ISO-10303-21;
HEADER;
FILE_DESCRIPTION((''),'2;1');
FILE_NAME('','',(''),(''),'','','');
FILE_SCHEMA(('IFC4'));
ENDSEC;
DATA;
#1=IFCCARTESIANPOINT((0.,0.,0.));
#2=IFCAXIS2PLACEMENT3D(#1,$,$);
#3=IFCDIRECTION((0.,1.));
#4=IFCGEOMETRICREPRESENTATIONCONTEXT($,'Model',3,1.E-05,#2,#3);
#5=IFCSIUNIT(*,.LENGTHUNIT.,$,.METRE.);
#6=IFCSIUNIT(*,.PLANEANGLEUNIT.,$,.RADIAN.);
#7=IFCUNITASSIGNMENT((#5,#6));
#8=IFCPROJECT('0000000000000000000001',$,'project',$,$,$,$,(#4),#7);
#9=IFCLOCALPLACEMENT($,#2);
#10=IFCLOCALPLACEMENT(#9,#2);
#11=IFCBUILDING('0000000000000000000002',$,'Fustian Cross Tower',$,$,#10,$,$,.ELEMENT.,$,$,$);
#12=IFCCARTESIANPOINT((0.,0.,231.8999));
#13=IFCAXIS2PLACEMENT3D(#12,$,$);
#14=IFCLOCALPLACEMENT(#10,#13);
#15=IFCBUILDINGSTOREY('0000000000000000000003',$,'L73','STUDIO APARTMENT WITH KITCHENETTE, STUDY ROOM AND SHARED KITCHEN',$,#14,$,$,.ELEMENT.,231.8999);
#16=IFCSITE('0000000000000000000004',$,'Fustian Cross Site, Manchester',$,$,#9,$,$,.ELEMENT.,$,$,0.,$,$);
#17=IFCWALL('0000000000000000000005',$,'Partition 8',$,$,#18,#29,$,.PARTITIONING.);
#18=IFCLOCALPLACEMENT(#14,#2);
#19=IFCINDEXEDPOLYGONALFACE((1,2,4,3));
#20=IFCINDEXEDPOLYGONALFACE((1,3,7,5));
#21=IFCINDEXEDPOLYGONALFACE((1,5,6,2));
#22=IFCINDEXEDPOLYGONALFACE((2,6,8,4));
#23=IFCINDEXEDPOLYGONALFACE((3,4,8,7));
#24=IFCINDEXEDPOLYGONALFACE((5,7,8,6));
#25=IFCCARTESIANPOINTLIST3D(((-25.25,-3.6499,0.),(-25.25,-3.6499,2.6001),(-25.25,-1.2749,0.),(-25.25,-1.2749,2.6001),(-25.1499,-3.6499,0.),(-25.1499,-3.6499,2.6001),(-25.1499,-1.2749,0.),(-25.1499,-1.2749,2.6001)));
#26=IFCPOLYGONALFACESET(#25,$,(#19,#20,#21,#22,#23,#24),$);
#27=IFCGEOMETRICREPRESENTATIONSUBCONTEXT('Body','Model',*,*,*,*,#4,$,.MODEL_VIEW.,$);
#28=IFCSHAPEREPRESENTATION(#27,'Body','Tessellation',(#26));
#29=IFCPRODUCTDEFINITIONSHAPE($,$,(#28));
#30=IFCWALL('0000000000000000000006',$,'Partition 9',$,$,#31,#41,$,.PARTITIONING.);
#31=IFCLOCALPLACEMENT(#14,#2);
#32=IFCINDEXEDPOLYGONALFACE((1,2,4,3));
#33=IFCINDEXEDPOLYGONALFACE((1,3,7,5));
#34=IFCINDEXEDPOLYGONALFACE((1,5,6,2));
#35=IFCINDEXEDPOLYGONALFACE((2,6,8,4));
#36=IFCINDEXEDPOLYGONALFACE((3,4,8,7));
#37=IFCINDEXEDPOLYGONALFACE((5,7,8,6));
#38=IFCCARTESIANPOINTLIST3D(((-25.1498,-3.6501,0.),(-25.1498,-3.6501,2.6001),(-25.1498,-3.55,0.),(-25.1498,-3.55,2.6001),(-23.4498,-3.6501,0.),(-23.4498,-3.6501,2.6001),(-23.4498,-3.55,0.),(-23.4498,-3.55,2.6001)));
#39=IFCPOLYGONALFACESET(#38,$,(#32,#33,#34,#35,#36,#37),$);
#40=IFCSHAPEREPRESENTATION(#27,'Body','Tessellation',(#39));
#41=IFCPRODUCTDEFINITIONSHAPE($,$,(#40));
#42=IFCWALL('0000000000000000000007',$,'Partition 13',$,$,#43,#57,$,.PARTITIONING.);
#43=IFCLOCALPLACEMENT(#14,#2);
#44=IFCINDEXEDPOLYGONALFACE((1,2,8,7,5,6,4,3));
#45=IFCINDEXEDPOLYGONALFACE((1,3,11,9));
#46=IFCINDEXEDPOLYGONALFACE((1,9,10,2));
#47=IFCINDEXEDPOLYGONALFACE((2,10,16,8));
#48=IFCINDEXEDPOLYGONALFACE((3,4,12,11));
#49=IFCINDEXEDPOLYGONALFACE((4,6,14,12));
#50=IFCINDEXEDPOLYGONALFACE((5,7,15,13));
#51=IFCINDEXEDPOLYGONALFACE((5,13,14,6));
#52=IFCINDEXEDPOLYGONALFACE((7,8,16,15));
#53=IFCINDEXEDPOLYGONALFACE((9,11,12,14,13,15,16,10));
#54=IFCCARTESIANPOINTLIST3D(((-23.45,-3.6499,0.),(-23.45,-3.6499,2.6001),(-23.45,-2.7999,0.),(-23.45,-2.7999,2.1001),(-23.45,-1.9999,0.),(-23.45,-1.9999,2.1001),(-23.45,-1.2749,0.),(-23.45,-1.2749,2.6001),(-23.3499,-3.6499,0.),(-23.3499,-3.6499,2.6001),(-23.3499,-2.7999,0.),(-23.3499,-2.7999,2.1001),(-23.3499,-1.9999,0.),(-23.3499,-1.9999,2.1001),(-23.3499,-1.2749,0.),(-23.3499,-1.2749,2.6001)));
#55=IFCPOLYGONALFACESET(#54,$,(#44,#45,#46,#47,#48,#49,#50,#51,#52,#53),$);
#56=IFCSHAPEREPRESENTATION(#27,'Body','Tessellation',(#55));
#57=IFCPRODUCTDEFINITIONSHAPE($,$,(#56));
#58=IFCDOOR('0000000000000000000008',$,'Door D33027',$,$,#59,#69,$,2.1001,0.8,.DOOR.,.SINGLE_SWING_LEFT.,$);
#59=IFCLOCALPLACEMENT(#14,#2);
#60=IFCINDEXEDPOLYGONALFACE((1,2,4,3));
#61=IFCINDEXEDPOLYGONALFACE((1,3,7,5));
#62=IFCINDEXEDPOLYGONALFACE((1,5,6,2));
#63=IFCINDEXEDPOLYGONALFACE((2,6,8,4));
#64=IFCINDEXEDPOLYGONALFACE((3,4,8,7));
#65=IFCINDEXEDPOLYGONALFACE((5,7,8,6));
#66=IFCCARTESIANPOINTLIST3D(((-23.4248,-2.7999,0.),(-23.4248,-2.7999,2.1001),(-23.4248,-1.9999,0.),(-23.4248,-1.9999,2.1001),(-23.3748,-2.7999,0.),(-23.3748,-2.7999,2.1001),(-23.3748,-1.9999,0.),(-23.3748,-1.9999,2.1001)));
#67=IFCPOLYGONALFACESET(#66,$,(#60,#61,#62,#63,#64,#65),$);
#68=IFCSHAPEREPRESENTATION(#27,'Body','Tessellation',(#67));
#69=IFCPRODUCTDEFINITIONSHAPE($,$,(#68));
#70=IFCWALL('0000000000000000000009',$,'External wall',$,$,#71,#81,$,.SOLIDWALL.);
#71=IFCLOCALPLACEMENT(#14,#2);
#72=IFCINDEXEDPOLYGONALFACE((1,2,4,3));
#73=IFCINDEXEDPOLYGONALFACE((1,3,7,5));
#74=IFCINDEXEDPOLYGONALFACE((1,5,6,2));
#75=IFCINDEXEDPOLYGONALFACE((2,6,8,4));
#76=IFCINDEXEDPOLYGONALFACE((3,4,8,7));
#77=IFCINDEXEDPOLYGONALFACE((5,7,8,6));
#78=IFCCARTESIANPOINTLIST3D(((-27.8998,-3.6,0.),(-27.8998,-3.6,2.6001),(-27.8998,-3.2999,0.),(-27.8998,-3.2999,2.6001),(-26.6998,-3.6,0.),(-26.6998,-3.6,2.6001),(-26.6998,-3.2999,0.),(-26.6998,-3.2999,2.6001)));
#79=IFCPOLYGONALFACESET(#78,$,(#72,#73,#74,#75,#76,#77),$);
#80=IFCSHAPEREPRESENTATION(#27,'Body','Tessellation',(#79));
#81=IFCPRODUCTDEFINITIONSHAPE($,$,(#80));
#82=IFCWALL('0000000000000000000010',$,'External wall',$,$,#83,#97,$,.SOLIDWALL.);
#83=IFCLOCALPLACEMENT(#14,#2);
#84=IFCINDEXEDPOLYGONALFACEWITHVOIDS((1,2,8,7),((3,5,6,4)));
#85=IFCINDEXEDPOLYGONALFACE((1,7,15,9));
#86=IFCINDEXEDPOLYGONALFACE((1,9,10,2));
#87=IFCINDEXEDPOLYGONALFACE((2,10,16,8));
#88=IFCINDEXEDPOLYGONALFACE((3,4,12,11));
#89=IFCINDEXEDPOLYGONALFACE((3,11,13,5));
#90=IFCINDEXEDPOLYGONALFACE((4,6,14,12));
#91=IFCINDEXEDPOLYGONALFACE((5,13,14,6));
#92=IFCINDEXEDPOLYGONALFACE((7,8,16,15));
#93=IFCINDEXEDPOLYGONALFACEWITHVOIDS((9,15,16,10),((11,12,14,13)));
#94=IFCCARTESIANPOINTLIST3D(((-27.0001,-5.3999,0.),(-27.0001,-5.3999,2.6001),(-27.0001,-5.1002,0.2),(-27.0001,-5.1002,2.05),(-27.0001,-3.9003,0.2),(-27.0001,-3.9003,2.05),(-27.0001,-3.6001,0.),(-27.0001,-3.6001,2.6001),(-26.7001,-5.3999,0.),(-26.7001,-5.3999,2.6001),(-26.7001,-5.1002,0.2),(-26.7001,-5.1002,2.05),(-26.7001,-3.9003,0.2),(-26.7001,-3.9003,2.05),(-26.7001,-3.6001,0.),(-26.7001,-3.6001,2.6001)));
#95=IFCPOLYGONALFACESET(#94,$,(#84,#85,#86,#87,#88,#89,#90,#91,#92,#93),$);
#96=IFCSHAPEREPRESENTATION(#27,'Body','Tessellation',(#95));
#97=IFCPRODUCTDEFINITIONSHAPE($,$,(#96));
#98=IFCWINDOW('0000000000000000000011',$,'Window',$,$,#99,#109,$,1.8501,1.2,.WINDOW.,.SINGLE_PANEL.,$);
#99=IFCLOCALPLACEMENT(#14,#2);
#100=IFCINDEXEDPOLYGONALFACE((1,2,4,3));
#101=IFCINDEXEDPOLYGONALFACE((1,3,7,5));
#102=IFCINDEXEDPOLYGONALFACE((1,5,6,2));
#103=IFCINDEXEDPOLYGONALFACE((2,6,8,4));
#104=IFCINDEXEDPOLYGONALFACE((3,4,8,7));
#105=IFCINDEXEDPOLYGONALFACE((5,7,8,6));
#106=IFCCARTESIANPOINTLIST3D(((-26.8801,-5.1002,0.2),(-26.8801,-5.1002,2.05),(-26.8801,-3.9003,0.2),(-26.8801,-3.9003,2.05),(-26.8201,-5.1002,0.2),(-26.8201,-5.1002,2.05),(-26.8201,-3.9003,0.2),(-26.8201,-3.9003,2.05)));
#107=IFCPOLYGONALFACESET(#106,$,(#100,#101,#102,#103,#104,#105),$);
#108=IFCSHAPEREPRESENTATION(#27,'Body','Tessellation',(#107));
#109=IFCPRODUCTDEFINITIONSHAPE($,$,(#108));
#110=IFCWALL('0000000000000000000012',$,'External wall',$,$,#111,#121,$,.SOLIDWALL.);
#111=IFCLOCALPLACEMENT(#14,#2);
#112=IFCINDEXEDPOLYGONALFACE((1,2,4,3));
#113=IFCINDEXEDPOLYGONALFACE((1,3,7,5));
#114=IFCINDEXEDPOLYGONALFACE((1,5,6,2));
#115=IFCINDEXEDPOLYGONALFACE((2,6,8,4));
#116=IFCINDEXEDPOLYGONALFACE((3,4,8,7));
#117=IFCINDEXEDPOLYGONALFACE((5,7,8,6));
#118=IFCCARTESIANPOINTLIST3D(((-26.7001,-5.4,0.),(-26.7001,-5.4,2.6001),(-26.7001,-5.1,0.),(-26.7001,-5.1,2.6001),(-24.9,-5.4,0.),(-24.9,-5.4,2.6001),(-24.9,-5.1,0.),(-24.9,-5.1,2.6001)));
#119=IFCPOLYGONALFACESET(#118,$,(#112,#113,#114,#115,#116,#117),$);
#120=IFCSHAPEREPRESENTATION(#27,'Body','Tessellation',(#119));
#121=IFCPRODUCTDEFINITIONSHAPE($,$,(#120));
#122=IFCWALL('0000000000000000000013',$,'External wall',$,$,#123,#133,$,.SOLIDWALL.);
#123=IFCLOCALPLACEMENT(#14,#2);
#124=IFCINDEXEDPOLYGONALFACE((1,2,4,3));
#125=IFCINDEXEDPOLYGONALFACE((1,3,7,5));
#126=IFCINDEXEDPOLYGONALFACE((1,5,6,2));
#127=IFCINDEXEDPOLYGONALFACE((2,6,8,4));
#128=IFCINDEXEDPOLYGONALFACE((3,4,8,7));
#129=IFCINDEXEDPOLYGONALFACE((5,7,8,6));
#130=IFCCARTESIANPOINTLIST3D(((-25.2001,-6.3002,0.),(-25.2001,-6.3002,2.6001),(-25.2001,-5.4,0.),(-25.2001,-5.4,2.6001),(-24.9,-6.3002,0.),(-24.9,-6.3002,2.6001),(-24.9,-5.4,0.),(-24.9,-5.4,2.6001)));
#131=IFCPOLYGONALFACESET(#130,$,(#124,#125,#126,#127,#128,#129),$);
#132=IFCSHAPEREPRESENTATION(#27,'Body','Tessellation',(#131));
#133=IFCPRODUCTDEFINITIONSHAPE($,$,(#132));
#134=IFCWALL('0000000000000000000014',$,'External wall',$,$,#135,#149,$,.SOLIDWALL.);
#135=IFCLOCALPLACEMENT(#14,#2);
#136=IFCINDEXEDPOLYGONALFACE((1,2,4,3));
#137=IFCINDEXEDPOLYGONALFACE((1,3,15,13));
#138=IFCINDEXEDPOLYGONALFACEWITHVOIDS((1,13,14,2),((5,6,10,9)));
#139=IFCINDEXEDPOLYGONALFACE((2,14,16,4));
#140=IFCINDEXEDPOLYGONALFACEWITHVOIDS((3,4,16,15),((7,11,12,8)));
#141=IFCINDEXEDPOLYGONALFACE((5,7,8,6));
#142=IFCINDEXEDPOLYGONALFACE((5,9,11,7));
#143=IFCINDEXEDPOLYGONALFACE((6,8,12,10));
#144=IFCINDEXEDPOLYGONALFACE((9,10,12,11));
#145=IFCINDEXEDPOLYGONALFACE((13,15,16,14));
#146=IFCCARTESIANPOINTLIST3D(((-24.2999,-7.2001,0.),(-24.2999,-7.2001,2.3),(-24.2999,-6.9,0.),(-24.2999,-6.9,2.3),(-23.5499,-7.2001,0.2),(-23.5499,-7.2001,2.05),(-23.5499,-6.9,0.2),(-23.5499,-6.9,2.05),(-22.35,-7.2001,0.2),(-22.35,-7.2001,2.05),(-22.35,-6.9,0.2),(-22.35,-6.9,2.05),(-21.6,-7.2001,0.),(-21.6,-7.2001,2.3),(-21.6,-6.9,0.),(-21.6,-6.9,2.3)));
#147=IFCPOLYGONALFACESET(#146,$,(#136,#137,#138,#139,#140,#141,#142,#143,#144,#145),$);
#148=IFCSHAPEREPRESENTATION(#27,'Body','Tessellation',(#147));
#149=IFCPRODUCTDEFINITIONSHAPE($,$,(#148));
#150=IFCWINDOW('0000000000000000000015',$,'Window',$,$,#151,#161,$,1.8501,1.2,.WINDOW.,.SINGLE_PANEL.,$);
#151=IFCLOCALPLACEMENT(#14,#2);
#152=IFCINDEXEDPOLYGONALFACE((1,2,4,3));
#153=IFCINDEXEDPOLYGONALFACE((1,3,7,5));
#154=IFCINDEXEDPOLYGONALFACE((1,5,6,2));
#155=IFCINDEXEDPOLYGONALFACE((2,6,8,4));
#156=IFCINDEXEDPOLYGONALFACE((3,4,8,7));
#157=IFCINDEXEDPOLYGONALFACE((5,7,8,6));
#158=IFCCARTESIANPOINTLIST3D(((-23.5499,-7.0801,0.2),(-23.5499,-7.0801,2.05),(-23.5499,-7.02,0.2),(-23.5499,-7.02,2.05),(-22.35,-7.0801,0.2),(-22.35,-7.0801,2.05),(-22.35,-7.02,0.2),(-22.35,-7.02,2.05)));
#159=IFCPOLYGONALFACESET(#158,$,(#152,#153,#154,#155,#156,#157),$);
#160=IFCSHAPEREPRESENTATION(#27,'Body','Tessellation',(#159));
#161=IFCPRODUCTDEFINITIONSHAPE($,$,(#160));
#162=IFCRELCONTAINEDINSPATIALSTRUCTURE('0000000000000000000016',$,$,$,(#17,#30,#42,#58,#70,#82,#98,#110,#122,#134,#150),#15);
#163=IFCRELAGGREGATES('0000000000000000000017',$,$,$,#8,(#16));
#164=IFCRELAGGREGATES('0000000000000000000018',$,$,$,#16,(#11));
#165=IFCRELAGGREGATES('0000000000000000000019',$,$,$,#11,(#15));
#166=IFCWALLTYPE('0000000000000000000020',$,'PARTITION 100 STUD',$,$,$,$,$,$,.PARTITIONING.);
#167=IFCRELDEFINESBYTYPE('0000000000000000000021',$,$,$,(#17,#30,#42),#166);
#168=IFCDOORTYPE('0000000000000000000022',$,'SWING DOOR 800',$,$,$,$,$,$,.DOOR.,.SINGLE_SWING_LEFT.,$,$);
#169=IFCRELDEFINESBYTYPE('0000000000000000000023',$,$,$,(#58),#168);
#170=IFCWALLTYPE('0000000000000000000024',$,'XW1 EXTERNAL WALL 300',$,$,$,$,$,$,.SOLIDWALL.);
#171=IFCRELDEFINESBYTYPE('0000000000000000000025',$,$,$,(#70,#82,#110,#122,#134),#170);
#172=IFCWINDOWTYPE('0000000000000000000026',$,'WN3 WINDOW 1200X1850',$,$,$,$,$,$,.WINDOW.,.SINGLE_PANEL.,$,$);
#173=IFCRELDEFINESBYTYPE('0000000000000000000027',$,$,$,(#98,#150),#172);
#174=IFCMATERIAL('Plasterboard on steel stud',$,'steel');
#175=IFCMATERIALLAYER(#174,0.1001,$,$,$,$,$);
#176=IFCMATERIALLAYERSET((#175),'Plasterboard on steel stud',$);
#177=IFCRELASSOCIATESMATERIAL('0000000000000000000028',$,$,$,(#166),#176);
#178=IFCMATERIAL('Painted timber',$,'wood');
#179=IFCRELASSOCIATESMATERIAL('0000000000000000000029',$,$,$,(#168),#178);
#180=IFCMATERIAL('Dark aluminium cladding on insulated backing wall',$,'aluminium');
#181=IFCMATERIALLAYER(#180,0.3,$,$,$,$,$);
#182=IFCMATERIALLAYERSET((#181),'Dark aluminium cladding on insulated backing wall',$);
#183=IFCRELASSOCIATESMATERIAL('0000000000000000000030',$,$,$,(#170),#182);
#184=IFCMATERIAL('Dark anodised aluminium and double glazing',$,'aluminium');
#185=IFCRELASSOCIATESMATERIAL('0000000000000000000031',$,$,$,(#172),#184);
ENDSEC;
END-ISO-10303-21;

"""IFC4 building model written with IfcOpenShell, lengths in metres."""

from ifc_helpers import new_model, si_unit, direction, frame, frame_2d, origin, place, context, subcontext, project, spatial, rectangle, extrude, material, layer, layer_set, type_object, element, fill, save


model = new_model("IFC4")

# Units and contexts
model_context = context("Model", 3, precision=1e-05, world=origin(), true_north=direction((0.0, 1.0)))
body_context = subcontext(model_context, "Body", "Model", "MODEL_VIEW")
ifc_project = project(units=[si_unit("LENGTHUNIT", "METRE"), si_unit("PLANEANGLEUNIT", "RADIAN")], contexts=[model_context])

# Site, building, storey
site_placement = place(None, origin())
site = spatial("IfcSite", under=ifc_project, at=site_placement, Name="Fustian Cross Site, Manchester", CompositionType="ELEMENT", RefElevation=0.0)
building_placement = place(site_placement, origin())
building = spatial("IfcBuilding", under=site, at=building_placement, Name="Fustian Cross Tower", CompositionType="ELEMENT")
storey_placement = place(building_placement, frame((0.0, 0.0, 231.8999)))
storey = spatial("IfcBuildingStorey", under=building, at=storey_placement, Name="L73", Description="STUDIO APARTMENT WITH KITCHENETTE, STUDY ROOM AND SHARED KITCHEN", CompositionType="ELEMENT", Elevation=231.8999)

# Walls
ifc_material_1 = material(Name="Plasterboard on steel stud", Category="steel")
ifc_layer_1 = layer(ifc_material_1, 0.1001)
ifc_layer_set_1 = layer_set([ifc_layer_1], Name="Plasterboard on steel stud")
wall_type_1 = type_object("IfcWallType", Name="PARTITION 100 STUD", PredefinedType="PARTITIONING", material=ifc_layer_set_1)
wall_1_placement = place(storey_placement, frame((-25.2, -3.6499, 0.0), z_axis=(0.0, 0.0, 1.0), x_axis=(0.0, 1.0, 0.0)))
element("IfcWall", 1, at=wall_1_placement, inside=storey, type_object=wall_type_1, Name="Partition 8", PredefinedType="PARTITIONING", context=body_context, shape_type="SweptSolid", body=[
    extrude(rectangle(XDim=2.375, YDim=0.1001, at=frame_2d((1.1875, 0.0))), origin(), (0.0, 0.0, 1.0), 2.6001),
])
wall_2_placement = place(storey_placement, frame((-25.1499, -3.6001, 0.0), z_axis=(0.0, 0.0, 1.0), x_axis=(1.0, 0.0, 0.0)))
element("IfcWall", 2, at=wall_2_placement, inside=storey, type_object=wall_type_1, Name="Partition 9", PredefinedType="PARTITIONING", context=body_context, shape_type="SweptSolid", body=[
    extrude(rectangle(XDim=1.7, YDim=0.1001, at=frame_2d((0.8501, 0.0))), origin(), (0.0, 0.0, 1.0), 2.6001),
])

# Wall, opening, door
wall_3_placement = place(storey_placement, frame((-23.3999, -3.6499, 0.0), z_axis=(0.0, 0.0, 1.0), x_axis=(0.0, 1.0, 0.0)))
wall_3 = element("IfcWall", 3, at=wall_3_placement, inside=storey, type_object=wall_type_1, Name="Partition 13", PredefinedType="PARTITIONING", context=body_context, shape_type="SweptSolid", body=[
    extrude(rectangle(XDim=2.375, YDim=0.1001, at=frame_2d((1.1875, 0.0))), origin(), (0.0, 0.0, 1.0), 2.6001),
])
opening_1_placement = place(wall_3_placement, frame((0.8501, 0.0, 0.0)))
opening_1 = element("IfcOpeningElement", 4, at=opening_1_placement, cuts=wall_3, PredefinedType="OPENING", context=body_context, shape_type="SweptSolid", body=[
    extrude(rectangle(XDim=0.8, YDim=2.1001, at=frame_2d((0.3999, 1.05))), frame((0.0, 0.0601, 0.0), z_axis=(0.0, -1.0, 0.0), x_axis=(1.0, 0.0, 0.0)), (0.0, 0.0, 1.0), 0.1201),
])
ifc_material_2 = material(Name="Painted timber", Category="wood")
door_type_1 = type_object("IfcDoorType", Name="SWING DOOR 800", OperationType="SINGLE_SWING_LEFT", PredefinedType="DOOR", material=ifc_material_2)
door_1_placement = place(opening_1_placement, origin())
door_1 = element("IfcDoor", 5, at=door_1_placement, inside=storey, type_object=door_type_1, Name="Door D33027", OperationType="SINGLE_SWING_LEFT", OverallHeight=2.1001, OverallWidth=0.8, PredefinedType="DOOR", context=body_context, shape_type="SweptSolid", body=[
    extrude(rectangle(XDim=0.8, YDim=2.1001, at=frame_2d((0.3999, 1.05))), frame((0.0, 0.0249, 0.0), z_axis=(0.0, -1.0, 0.0), x_axis=(1.0, 0.0, 0.0)), (0.0, 0.0, 1.0), 0.05),
])
fill(opening_1, door_1)

# Wall
ifc_material_3 = material(Name="Dark aluminium cladding on insulated backing wall", Category="aluminium")
ifc_layer_2 = layer(ifc_material_3, 0.3)
ifc_layer_set_2 = layer_set([ifc_layer_2], Name="Dark aluminium cladding on insulated backing wall")
wall_type_2 = type_object("IfcWallType", Name="XW1 EXTERNAL WALL 300", PredefinedType="SOLIDWALL", material=ifc_layer_set_2)
wall_4_placement = place(storey_placement, frame((-27.8999, -3.45, 0.0), z_axis=(0.0, 0.0, 1.0), x_axis=(1.0, 0.0, 0.0)))
element("IfcWall", 6, at=wall_4_placement, inside=storey, type_object=wall_type_2, Name="External wall", PredefinedType="SOLIDWALL", context=body_context, shape_type="SweptSolid", body=[
    extrude(rectangle(XDim=1.2, YDim=0.3, at=frame_2d((0.6001, 0.0))), origin(), (0.0, 0.0, 1.0), 2.6001),
])

# Wall, opening, window
wall_5_placement = place(storey_placement, frame((-26.8501, -3.6001, 0.0), z_axis=(0.0, 0.0, 1.0), x_axis=(0.0, -1.0, 0.0)))
wall_5 = element("IfcWall", 7, at=wall_5_placement, inside=storey, type_object=wall_type_2, Name="External wall", PredefinedType="SOLIDWALL", context=body_context, shape_type="SweptSolid", body=[
    extrude(rectangle(XDim=1.7998, YDim=0.3, at=frame_2d((0.8999, 0.0))), origin(), (0.0, 0.0, 1.0), 2.6001),
])
opening_2_placement = place(wall_5_placement, frame((0.3, 0.0, 0.2)))
opening_2 = element("IfcOpeningElement", 8, at=opening_2_placement, cuts=wall_5, PredefinedType="OPENING", context=body_context, shape_type="SweptSolid", body=[
    extrude(rectangle(XDim=1.2, YDim=1.8501, at=frame_2d((0.6001, 0.925))), frame((0.0, 0.1599, 0.0), z_axis=(0.0, -1.0, 0.0), x_axis=(1.0, 0.0, 0.0)), (0.0, 0.0, 1.0), 0.3201),
])
ifc_material_4 = material(Name="Dark anodised aluminium and double glazing", Category="aluminium")
window_type = type_object("IfcWindowType", Name="WN3 WINDOW 1200X1850", PartitioningType="SINGLE_PANEL", PredefinedType="WINDOW", material=ifc_material_4)
window_1_placement = place(opening_2_placement, origin())
window_1 = element("IfcWindow", 9, at=window_1_placement, inside=storey, type_object=window_type, Name="Window", OverallHeight=1.8501, OverallWidth=1.2, PartitioningType="SINGLE_PANEL", PredefinedType="WINDOW", context=body_context, shape_type="SweptSolid", body=[
    extrude(rectangle(XDim=1.2, YDim=1.8501, at=frame_2d((0.6001, 0.925))), frame((0.0, 0.03, 0.0), z_axis=(0.0, -1.0, 0.0), x_axis=(1.0, 0.0, 0.0)), (0.0, 0.0, 1.0), 0.0601),
])
fill(opening_2, window_1)

# Walls
wall_6_placement = place(storey_placement, frame((-26.7, -5.25, 0.0), z_axis=(0.0, 0.0, 1.0), x_axis=(1.0, 0.0, 0.0)))
element("IfcWall", 10, at=wall_6_placement, inside=storey, type_object=wall_type_2, Name="External wall", PredefinedType="SOLIDWALL", context=body_context, shape_type="SweptSolid", body=[
    extrude(rectangle(XDim=1.8, YDim=0.3, at=frame_2d((0.8999, 0.0))), origin(), (0.0, 0.0, 1.0), 2.6001),
])
wall_7_placement = place(storey_placement, frame((-25.05, -5.3999, 0.0), z_axis=(0.0, 0.0, 1.0), x_axis=(0.0, -1.0, 0.0)))
element("IfcWall", 11, at=wall_7_placement, inside=storey, type_object=wall_type_2, Name="External wall", PredefinedType="SOLIDWALL", context=body_context, shape_type="SweptSolid", body=[
    extrude(rectangle(XDim=0.9001, YDim=0.3, at=frame_2d((0.4502, 0.0))), origin(), (0.0, 0.0, 1.0), 2.6001),
])

# Wall, opening, window
wall_8_placement = place(storey_placement, frame((-24.3, -7.05, 0.0), z_axis=(0.0, 0.0, 1.0), x_axis=(1.0, 0.0, 0.0)))
wall_8 = element("IfcWall", 12, at=wall_8_placement, inside=storey, type_object=wall_type_2, Name="External wall", PredefinedType="SOLIDWALL", context=body_context, shape_type="SweptSolid", body=[
    extrude(rectangle(XDim=2.7, YDim=0.3, at=frame_2d((1.3501, 0.0))), origin(), (0.0, 0.0, 1.0), 2.3),
])
opening_3_placement = place(wall_8_placement, frame((0.75, 0.0, 0.2)))
opening_3 = element("IfcOpeningElement", 13, at=opening_3_placement, cuts=wall_8, PredefinedType="OPENING", context=body_context, shape_type="SweptSolid", body=[
    extrude(rectangle(XDim=1.2, YDim=1.8501, at=frame_2d((0.6001, 0.925))), frame((0.0, 0.1599, 0.0), z_axis=(0.0, -1.0, 0.0), x_axis=(1.0, 0.0, 0.0)), (0.0, 0.0, 1.0), 0.3201),
])
window_2_placement = place(opening_3_placement, origin())
window_2 = element("IfcWindow", 14, at=window_2_placement, inside=storey, type_object=window_type, Name="Window", OverallHeight=1.8501, OverallWidth=1.2, PartitioningType="SINGLE_PANEL", PredefinedType="WINDOW", context=body_context, shape_type="SweptSolid", body=[
    extrude(rectangle(XDim=1.2, YDim=1.8501, at=frame_2d((0.6001, 0.925))), frame((0.0, 0.03, 0.0), z_axis=(0.0, -1.0, 0.0), x_axis=(1.0, 0.0, 0.0)), (0.0, 0.0, 1.0), 0.0601),
])
fill(opening_3, window_2)

save(model, "model.ifc")
